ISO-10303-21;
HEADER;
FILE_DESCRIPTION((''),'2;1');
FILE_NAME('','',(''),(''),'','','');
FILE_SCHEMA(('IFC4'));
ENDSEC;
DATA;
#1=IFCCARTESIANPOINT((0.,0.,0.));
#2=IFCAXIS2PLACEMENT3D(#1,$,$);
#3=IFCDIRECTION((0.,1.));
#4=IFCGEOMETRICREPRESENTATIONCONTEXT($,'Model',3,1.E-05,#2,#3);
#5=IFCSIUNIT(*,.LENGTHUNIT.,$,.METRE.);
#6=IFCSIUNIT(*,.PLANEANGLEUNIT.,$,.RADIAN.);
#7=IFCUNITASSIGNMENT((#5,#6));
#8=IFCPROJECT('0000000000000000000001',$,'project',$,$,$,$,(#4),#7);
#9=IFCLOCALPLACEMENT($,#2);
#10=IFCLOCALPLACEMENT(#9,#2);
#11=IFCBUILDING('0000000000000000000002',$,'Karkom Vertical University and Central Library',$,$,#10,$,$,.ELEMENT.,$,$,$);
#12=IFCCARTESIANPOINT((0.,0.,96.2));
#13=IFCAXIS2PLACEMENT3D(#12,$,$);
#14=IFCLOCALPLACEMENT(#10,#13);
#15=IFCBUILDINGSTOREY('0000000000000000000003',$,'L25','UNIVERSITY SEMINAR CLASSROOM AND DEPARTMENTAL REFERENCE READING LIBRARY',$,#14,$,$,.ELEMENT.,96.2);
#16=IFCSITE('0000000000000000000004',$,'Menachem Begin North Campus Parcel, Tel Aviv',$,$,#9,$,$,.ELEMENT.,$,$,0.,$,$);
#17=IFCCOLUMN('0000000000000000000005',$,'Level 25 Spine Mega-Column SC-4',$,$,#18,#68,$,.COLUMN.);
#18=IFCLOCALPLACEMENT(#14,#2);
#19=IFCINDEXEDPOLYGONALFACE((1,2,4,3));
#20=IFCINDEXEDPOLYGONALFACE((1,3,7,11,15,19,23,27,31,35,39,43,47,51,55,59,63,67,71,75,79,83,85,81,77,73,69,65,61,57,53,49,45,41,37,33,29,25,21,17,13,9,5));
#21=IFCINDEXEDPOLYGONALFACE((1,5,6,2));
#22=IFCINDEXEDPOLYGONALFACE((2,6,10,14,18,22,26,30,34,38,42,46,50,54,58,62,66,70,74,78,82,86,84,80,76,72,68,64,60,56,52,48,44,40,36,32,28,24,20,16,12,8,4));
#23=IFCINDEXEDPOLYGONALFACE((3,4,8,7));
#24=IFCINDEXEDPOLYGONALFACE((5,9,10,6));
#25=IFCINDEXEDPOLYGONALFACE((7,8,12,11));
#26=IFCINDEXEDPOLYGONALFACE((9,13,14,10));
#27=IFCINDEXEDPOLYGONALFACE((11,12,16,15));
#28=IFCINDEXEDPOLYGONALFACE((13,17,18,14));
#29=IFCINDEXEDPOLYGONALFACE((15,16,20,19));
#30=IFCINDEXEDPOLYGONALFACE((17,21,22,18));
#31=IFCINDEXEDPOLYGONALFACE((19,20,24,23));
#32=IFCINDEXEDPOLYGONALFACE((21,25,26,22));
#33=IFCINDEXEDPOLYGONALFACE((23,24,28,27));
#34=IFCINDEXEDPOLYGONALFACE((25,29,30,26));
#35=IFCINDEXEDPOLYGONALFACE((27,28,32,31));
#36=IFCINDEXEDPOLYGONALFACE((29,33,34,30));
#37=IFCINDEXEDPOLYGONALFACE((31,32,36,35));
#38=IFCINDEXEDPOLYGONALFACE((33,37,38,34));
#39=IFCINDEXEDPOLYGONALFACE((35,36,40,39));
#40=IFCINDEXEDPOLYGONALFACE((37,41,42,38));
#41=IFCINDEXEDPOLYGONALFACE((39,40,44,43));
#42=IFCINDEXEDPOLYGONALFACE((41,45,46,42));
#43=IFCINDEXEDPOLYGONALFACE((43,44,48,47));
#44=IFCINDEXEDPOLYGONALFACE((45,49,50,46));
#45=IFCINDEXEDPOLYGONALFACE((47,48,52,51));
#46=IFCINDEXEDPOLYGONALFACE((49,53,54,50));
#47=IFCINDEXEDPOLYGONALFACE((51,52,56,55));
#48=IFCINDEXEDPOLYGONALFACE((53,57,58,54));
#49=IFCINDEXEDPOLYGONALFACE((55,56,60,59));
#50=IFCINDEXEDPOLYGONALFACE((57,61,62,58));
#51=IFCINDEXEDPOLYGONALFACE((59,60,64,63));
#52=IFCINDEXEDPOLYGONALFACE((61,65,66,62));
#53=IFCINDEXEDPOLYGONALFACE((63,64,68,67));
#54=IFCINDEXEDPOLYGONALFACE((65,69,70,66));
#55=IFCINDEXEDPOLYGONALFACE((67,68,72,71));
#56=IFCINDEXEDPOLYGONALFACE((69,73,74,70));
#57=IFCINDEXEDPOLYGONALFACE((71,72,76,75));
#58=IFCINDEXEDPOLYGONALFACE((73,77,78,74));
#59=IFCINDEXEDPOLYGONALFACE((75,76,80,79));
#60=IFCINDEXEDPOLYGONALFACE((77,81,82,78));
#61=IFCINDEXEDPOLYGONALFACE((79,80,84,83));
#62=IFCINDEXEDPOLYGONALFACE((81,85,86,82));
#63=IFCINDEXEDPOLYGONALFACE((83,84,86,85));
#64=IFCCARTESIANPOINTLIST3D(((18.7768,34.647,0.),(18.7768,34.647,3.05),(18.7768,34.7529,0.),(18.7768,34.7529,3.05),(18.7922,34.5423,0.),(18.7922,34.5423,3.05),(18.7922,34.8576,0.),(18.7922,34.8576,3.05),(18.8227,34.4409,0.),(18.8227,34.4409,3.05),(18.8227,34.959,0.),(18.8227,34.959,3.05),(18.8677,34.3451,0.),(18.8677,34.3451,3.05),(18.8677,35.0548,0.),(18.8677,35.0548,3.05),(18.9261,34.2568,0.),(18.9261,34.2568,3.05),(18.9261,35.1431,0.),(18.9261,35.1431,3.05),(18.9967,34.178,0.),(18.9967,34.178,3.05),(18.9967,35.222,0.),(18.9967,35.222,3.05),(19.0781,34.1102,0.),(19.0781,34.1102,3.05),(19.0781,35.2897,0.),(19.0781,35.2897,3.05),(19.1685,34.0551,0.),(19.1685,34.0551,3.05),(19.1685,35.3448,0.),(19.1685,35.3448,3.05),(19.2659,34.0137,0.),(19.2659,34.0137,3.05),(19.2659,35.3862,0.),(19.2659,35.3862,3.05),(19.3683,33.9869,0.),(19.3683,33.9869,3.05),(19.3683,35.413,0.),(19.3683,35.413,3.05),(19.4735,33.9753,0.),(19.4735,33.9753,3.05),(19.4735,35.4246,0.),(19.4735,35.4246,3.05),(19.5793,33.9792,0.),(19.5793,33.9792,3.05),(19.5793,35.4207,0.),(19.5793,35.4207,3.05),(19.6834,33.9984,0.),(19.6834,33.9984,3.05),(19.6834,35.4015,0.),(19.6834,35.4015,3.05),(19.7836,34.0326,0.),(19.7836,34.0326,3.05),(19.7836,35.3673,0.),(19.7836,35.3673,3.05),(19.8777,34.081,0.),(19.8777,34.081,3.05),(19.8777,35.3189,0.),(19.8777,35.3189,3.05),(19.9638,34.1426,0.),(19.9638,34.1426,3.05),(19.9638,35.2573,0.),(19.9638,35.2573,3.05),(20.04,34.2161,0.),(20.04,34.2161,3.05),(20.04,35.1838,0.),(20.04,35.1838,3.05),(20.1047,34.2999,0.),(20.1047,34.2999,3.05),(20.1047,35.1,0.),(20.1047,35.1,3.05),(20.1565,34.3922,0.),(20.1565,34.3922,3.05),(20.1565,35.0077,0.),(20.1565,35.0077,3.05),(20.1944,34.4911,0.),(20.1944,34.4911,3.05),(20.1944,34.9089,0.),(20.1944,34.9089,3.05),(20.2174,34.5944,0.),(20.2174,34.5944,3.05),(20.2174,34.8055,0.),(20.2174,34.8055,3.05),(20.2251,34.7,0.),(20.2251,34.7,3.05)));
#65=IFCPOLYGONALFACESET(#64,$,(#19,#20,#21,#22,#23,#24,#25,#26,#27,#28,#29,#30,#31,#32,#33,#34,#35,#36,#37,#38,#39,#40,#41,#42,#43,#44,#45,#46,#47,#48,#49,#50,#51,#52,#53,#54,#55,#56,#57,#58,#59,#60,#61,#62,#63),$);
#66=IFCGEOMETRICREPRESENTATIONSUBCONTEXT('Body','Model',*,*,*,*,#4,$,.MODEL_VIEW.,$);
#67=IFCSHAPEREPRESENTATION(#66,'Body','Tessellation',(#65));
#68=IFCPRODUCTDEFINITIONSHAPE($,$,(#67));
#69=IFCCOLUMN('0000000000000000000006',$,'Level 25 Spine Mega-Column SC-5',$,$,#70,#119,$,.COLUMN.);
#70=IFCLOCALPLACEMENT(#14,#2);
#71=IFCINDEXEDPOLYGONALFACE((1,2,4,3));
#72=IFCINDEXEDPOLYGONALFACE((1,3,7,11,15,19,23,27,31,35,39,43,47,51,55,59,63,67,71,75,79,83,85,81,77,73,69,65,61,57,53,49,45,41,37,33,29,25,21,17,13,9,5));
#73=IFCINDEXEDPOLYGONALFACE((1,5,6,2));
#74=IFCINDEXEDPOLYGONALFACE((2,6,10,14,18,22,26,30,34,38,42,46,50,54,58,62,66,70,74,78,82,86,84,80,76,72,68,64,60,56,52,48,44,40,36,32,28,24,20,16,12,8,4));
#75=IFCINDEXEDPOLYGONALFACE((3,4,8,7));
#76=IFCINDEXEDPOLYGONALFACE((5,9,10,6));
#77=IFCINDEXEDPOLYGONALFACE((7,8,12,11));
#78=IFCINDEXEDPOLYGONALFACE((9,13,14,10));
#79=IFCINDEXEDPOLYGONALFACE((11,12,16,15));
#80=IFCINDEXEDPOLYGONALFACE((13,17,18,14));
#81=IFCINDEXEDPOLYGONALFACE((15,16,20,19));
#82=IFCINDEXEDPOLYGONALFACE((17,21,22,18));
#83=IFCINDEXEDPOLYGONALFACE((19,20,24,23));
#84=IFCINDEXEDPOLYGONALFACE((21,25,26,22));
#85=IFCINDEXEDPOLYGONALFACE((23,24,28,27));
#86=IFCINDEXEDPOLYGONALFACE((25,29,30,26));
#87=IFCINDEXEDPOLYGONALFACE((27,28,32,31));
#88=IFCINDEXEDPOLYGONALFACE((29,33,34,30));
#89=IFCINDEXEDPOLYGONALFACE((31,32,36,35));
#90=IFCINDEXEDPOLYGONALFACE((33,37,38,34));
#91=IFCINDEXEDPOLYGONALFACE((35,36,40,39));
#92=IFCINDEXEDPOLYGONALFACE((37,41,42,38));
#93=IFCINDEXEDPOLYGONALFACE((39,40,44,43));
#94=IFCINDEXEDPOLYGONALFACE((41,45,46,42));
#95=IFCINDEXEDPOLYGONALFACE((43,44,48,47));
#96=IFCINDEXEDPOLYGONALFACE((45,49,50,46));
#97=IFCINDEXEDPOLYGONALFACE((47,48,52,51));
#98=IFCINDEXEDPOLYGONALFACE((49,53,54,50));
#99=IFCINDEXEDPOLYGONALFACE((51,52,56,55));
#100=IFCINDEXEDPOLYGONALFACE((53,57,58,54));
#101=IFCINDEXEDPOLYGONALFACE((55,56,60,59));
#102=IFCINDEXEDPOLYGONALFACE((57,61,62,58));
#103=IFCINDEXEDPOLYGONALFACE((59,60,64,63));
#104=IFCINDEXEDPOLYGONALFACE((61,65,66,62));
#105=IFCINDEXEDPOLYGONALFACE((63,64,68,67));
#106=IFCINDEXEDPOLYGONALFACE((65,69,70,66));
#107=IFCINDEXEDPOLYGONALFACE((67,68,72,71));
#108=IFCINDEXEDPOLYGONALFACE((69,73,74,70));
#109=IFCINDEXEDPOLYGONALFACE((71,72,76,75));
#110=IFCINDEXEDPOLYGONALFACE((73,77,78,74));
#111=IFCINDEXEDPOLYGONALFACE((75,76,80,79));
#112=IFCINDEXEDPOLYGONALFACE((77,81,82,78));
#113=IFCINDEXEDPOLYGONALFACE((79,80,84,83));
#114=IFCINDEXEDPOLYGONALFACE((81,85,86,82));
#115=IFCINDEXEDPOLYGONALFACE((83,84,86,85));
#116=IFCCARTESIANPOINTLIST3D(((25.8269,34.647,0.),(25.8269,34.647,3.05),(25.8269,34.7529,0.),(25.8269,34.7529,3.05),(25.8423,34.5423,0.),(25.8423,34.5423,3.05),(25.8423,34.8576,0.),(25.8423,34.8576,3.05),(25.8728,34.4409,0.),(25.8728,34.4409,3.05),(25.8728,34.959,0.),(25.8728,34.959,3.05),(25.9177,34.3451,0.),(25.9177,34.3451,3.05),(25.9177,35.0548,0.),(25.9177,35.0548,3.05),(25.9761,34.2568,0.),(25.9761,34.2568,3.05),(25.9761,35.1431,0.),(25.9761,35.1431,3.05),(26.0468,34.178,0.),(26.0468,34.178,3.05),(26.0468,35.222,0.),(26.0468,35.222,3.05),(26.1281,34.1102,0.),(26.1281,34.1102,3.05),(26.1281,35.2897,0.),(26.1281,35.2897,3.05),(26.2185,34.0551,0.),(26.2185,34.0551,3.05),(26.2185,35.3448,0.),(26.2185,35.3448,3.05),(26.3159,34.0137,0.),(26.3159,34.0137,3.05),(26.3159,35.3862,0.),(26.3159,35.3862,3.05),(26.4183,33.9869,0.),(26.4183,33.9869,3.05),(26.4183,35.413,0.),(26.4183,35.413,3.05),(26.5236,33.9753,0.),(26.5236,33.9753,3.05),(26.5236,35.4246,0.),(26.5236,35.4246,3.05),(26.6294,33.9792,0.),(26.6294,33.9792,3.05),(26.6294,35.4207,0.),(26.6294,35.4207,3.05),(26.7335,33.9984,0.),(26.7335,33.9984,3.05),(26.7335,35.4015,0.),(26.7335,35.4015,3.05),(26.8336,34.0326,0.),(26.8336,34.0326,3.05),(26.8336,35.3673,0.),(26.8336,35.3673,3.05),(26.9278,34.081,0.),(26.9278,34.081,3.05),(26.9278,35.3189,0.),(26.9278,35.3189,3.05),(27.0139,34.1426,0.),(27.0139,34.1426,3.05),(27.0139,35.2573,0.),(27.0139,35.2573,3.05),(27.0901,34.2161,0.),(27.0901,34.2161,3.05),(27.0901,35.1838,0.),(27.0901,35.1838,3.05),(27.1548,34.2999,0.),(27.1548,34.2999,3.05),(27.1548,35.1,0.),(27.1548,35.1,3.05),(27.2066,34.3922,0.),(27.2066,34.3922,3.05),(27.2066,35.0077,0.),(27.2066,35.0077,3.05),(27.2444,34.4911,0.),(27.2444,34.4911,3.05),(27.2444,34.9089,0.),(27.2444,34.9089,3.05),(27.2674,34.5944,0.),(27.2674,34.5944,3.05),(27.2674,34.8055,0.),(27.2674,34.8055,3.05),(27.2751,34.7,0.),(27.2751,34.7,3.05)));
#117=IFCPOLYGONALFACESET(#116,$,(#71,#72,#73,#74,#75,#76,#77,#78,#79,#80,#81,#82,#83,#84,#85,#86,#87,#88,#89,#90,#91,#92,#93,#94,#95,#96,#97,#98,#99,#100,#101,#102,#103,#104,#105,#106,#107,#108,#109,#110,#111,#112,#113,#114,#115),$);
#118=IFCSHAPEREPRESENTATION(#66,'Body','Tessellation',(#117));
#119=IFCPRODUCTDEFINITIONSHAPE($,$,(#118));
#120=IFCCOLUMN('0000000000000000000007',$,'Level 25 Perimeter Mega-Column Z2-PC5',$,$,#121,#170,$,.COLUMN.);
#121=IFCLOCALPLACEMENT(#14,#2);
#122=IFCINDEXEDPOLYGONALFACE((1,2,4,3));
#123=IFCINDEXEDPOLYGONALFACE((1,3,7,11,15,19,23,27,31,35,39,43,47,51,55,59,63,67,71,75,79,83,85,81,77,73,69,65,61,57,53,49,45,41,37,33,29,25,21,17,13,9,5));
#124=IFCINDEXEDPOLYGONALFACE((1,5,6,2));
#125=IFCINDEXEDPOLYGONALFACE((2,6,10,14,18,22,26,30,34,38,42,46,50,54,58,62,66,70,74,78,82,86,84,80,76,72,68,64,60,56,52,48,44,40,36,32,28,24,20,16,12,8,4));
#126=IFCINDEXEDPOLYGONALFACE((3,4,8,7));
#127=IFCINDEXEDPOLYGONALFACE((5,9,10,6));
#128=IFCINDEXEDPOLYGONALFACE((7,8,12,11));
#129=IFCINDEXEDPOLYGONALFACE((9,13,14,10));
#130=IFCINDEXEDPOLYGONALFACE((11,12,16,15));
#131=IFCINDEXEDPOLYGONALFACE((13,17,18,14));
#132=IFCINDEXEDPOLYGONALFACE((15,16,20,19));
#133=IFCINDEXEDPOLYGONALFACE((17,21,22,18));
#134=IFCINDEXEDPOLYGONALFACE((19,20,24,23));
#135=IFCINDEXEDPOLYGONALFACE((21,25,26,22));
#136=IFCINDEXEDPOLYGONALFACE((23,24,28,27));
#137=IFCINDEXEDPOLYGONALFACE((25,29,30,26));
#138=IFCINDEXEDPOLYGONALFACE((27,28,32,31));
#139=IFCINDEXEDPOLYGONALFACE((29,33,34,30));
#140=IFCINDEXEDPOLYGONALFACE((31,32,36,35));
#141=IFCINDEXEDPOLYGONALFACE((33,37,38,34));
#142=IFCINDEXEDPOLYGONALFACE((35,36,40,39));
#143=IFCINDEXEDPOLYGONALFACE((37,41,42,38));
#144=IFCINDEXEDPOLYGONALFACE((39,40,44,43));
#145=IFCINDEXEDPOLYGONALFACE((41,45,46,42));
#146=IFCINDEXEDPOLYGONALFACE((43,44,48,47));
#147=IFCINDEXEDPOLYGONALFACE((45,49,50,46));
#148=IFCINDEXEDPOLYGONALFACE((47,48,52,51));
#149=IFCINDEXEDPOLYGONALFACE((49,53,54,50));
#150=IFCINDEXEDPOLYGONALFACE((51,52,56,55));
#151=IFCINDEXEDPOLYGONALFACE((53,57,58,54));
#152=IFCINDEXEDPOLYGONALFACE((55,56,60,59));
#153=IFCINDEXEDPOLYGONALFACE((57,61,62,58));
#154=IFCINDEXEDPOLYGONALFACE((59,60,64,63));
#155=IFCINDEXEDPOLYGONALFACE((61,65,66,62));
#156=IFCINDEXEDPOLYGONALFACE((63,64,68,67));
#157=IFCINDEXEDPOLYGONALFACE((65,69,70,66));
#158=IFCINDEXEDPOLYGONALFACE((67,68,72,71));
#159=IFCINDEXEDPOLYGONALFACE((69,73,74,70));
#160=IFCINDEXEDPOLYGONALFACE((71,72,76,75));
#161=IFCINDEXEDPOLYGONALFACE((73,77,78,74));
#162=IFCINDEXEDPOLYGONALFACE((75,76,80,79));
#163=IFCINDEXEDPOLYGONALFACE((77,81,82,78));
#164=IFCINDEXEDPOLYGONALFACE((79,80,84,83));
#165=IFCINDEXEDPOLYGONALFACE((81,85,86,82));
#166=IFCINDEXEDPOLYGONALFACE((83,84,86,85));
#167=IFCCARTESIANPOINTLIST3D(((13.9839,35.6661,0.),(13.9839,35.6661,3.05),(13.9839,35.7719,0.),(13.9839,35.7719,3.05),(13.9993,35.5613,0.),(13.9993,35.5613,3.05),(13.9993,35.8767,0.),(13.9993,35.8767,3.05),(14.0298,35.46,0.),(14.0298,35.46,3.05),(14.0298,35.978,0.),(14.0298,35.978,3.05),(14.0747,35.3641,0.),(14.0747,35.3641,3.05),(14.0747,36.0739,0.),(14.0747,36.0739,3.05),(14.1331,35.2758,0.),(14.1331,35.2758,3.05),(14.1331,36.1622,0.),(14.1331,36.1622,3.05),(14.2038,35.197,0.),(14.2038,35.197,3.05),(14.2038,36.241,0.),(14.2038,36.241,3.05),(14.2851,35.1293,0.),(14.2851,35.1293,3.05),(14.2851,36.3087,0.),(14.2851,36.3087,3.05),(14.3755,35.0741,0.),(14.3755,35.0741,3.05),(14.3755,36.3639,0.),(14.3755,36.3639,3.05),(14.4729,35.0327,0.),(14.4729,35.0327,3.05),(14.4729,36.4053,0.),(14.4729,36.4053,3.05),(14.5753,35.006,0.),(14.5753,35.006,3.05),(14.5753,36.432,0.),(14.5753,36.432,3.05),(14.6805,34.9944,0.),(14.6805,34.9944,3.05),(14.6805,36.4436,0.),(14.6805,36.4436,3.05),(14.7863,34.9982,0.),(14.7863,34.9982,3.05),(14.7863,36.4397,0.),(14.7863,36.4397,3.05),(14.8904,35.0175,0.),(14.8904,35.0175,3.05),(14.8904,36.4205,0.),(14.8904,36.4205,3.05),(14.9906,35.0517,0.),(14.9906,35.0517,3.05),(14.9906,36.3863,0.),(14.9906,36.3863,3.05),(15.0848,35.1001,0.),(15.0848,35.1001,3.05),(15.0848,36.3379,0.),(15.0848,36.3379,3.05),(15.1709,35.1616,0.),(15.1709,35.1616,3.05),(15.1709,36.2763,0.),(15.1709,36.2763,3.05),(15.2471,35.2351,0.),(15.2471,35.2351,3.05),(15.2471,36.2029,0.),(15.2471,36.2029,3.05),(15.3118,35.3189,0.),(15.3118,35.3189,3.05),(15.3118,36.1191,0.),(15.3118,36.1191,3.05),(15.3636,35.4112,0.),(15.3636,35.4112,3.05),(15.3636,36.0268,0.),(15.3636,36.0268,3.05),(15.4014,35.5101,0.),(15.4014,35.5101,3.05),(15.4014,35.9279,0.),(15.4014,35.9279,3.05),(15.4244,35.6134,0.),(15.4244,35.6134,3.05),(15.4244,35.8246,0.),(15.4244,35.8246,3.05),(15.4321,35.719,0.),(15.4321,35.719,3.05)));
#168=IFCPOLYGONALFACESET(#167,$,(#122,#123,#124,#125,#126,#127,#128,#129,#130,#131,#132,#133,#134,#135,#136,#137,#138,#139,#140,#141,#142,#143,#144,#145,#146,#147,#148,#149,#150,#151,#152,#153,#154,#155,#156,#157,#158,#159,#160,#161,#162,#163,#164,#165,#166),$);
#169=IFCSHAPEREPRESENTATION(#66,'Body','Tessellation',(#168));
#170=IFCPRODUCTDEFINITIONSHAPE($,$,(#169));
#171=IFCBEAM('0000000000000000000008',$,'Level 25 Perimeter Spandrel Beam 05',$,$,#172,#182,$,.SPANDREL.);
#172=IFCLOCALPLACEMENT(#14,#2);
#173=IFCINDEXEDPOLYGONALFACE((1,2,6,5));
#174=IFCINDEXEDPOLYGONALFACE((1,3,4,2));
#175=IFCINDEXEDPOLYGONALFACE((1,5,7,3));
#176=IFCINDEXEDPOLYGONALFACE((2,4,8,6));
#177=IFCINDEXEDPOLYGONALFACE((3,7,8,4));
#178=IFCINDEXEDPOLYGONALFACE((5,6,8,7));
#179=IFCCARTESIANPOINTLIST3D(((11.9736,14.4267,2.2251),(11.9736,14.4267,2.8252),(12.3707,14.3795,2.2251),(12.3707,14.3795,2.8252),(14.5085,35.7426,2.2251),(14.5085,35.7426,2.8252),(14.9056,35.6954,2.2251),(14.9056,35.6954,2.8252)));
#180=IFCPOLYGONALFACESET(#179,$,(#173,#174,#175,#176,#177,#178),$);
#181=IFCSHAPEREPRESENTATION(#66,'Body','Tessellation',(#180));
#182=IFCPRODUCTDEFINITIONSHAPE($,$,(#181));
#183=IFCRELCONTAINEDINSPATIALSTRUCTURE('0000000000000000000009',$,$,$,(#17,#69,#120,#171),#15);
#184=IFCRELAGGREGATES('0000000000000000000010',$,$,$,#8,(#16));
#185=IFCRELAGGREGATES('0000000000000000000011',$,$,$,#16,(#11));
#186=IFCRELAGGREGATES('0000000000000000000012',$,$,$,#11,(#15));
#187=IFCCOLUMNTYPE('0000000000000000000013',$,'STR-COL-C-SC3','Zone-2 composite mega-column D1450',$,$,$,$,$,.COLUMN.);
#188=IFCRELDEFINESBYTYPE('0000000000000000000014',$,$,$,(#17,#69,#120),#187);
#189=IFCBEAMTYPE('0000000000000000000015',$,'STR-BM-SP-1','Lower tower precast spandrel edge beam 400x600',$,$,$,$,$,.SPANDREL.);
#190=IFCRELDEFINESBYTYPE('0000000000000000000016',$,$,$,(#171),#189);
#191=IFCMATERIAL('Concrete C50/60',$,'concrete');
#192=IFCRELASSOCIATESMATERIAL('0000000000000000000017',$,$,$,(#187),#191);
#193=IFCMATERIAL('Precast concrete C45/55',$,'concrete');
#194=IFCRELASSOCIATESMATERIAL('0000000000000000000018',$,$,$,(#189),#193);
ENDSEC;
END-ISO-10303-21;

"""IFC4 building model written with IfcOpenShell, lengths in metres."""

from ifc_helpers import new_model, si_unit, direction, frame, origin, origin_with_axes, origin_2d, place, context, subcontext, project, spatial, rectangle, circle, extrude, source, transform, mapped, material, material_profile, profile_set, type_object, element, save


model = new_model("IFC4")

# Units and contexts
model_context = context("Model", 3, precision=1e-05, world=origin(), true_north=direction((0.0, 1.0)))
body_context = subcontext(model_context, "Body", "Model", "MODEL_VIEW")
ifc_project = project(units=[si_unit("LENGTHUNIT", "METRE"), si_unit("PLANEANGLEUNIT", "RADIAN")], contexts=[model_context])

# Site, building, storey
site_placement = place(None, origin())
site = spatial("IfcSite", under=ifc_project, at=site_placement, Name="Menachem Begin North Campus Parcel, Tel Aviv", CompositionType="ELEMENT", RefElevation=0.0)
building_placement = place(site_placement, origin())
building = spatial("IfcBuilding", under=site, at=building_placement, Name="Karkom Vertical University and Central Library", CompositionType="ELEMENT")
storey_placement = place(building_placement, frame((0.0, 0.0, 96.2)))
storey = spatial("IfcBuildingStorey", under=building, at=storey_placement, Name="L25", Description="UNIVERSITY SEMINAR CLASSROOM AND DEPARTMENTAL REFERENCE READING LIBRARY", CompositionType="ELEMENT", Elevation=96.2)

# Columns
ifc_material_1 = material(Name="Concrete C50/60", Category="concrete")
ifc_material_profile_1 = material_profile(ifc_material_1, circle(Radius=0.7251, at=origin_2d()), Name="CFT-D1450")
ifc_profile_set_1 = profile_set([ifc_material_profile_1], Name="Concrete C50/60")
column_type = type_object("IfcColumnType", Name="STR-COL-C-SC3", Description="Zone-2 composite mega-column D1450", PredefinedType="COLUMN", material=ifc_profile_set_1)
shared_shape_1 = source(origin_with_axes(), body_context, "Body", "SweptSolid", [
    extrude(circle(Radius=0.7251, at=origin_2d()), origin(), (0.0, 0.0, 1.0), 3.05),
])
for number, where, z_axis, x_axis, name in (
    (1, (19.5, 34.7, 0.0), (0.0, 0.0, 1.0), (1.0, 0.0, 0.0), "Level 25 Spine Mega-Column SC-4"),
    (2, (26.55, 34.7, 0.0), (0.0, 0.0, 1.0), (1.0, 0.0, 0.0), "Level 25 Spine Mega-Column SC-5"),
    (3, (14.707, 35.719, 0.0), (0.0, 0.0, 1.0), (1.0, 0.0, 0.0), "Level 25 Perimeter Mega-Column Z2-PC5"),
):
    element("IfcColumn", number, at=place(storey_placement, frame(where, z_axis=z_axis, x_axis=x_axis)), inside=storey, type_object=column_type, Name=name, PredefinedType="COLUMN", context=body_context, shape_type="MappedRepresentation", body=[
        mapped(shared_shape_1, transform((0.0, 0.0, 0.0), scale=1.0)),
    ])

# Beam
ifc_material_2 = material(Name="Precast concrete C45/55", Category="concrete")
ifc_material_profile_2 = material_profile(ifc_material_2, rectangle(XDim=0.3999, YDim=0.6001, at=origin_2d()), Name="SPB-400x600")
ifc_profile_set_2 = profile_set([ifc_material_profile_2], Name="Precast concrete C45/55")
beam_type_1 = type_object("IfcBeamType", Name="STR-BM-SP-1", Description="Lower tower precast spandrel edge beam 400x600", PredefinedType="SPANDREL", material=ifc_profile_set_2)
shared_shape_2 = source(origin_with_axes(), body_context, "Body", "SweptSolid", [
    extrude(rectangle(XDim=0.3999, YDim=0.6001, at=origin_2d()), origin(), (0.0, 0.0, 1.0), 21.4661),
])
beam_1_placement = place(storey_placement, frame((14.707, 35.719, 2.5251), z_axis=(-0.118089, -0.993003, 0.0), x_axis=(0.993003, -0.118089, 0.0)))
element("IfcBeam", 4, at=beam_1_placement, inside=storey, type_object=beam_type_1, Name="Level 25 Perimeter Spandrel Beam 05", PredefinedType="SPANDREL", context=body_context, shape_type="MappedRepresentation", body=[
    mapped(shared_shape_2, transform((0.0, 0.0, 0.0), scale=1.0)),
])

save(model, "model.ifc")
